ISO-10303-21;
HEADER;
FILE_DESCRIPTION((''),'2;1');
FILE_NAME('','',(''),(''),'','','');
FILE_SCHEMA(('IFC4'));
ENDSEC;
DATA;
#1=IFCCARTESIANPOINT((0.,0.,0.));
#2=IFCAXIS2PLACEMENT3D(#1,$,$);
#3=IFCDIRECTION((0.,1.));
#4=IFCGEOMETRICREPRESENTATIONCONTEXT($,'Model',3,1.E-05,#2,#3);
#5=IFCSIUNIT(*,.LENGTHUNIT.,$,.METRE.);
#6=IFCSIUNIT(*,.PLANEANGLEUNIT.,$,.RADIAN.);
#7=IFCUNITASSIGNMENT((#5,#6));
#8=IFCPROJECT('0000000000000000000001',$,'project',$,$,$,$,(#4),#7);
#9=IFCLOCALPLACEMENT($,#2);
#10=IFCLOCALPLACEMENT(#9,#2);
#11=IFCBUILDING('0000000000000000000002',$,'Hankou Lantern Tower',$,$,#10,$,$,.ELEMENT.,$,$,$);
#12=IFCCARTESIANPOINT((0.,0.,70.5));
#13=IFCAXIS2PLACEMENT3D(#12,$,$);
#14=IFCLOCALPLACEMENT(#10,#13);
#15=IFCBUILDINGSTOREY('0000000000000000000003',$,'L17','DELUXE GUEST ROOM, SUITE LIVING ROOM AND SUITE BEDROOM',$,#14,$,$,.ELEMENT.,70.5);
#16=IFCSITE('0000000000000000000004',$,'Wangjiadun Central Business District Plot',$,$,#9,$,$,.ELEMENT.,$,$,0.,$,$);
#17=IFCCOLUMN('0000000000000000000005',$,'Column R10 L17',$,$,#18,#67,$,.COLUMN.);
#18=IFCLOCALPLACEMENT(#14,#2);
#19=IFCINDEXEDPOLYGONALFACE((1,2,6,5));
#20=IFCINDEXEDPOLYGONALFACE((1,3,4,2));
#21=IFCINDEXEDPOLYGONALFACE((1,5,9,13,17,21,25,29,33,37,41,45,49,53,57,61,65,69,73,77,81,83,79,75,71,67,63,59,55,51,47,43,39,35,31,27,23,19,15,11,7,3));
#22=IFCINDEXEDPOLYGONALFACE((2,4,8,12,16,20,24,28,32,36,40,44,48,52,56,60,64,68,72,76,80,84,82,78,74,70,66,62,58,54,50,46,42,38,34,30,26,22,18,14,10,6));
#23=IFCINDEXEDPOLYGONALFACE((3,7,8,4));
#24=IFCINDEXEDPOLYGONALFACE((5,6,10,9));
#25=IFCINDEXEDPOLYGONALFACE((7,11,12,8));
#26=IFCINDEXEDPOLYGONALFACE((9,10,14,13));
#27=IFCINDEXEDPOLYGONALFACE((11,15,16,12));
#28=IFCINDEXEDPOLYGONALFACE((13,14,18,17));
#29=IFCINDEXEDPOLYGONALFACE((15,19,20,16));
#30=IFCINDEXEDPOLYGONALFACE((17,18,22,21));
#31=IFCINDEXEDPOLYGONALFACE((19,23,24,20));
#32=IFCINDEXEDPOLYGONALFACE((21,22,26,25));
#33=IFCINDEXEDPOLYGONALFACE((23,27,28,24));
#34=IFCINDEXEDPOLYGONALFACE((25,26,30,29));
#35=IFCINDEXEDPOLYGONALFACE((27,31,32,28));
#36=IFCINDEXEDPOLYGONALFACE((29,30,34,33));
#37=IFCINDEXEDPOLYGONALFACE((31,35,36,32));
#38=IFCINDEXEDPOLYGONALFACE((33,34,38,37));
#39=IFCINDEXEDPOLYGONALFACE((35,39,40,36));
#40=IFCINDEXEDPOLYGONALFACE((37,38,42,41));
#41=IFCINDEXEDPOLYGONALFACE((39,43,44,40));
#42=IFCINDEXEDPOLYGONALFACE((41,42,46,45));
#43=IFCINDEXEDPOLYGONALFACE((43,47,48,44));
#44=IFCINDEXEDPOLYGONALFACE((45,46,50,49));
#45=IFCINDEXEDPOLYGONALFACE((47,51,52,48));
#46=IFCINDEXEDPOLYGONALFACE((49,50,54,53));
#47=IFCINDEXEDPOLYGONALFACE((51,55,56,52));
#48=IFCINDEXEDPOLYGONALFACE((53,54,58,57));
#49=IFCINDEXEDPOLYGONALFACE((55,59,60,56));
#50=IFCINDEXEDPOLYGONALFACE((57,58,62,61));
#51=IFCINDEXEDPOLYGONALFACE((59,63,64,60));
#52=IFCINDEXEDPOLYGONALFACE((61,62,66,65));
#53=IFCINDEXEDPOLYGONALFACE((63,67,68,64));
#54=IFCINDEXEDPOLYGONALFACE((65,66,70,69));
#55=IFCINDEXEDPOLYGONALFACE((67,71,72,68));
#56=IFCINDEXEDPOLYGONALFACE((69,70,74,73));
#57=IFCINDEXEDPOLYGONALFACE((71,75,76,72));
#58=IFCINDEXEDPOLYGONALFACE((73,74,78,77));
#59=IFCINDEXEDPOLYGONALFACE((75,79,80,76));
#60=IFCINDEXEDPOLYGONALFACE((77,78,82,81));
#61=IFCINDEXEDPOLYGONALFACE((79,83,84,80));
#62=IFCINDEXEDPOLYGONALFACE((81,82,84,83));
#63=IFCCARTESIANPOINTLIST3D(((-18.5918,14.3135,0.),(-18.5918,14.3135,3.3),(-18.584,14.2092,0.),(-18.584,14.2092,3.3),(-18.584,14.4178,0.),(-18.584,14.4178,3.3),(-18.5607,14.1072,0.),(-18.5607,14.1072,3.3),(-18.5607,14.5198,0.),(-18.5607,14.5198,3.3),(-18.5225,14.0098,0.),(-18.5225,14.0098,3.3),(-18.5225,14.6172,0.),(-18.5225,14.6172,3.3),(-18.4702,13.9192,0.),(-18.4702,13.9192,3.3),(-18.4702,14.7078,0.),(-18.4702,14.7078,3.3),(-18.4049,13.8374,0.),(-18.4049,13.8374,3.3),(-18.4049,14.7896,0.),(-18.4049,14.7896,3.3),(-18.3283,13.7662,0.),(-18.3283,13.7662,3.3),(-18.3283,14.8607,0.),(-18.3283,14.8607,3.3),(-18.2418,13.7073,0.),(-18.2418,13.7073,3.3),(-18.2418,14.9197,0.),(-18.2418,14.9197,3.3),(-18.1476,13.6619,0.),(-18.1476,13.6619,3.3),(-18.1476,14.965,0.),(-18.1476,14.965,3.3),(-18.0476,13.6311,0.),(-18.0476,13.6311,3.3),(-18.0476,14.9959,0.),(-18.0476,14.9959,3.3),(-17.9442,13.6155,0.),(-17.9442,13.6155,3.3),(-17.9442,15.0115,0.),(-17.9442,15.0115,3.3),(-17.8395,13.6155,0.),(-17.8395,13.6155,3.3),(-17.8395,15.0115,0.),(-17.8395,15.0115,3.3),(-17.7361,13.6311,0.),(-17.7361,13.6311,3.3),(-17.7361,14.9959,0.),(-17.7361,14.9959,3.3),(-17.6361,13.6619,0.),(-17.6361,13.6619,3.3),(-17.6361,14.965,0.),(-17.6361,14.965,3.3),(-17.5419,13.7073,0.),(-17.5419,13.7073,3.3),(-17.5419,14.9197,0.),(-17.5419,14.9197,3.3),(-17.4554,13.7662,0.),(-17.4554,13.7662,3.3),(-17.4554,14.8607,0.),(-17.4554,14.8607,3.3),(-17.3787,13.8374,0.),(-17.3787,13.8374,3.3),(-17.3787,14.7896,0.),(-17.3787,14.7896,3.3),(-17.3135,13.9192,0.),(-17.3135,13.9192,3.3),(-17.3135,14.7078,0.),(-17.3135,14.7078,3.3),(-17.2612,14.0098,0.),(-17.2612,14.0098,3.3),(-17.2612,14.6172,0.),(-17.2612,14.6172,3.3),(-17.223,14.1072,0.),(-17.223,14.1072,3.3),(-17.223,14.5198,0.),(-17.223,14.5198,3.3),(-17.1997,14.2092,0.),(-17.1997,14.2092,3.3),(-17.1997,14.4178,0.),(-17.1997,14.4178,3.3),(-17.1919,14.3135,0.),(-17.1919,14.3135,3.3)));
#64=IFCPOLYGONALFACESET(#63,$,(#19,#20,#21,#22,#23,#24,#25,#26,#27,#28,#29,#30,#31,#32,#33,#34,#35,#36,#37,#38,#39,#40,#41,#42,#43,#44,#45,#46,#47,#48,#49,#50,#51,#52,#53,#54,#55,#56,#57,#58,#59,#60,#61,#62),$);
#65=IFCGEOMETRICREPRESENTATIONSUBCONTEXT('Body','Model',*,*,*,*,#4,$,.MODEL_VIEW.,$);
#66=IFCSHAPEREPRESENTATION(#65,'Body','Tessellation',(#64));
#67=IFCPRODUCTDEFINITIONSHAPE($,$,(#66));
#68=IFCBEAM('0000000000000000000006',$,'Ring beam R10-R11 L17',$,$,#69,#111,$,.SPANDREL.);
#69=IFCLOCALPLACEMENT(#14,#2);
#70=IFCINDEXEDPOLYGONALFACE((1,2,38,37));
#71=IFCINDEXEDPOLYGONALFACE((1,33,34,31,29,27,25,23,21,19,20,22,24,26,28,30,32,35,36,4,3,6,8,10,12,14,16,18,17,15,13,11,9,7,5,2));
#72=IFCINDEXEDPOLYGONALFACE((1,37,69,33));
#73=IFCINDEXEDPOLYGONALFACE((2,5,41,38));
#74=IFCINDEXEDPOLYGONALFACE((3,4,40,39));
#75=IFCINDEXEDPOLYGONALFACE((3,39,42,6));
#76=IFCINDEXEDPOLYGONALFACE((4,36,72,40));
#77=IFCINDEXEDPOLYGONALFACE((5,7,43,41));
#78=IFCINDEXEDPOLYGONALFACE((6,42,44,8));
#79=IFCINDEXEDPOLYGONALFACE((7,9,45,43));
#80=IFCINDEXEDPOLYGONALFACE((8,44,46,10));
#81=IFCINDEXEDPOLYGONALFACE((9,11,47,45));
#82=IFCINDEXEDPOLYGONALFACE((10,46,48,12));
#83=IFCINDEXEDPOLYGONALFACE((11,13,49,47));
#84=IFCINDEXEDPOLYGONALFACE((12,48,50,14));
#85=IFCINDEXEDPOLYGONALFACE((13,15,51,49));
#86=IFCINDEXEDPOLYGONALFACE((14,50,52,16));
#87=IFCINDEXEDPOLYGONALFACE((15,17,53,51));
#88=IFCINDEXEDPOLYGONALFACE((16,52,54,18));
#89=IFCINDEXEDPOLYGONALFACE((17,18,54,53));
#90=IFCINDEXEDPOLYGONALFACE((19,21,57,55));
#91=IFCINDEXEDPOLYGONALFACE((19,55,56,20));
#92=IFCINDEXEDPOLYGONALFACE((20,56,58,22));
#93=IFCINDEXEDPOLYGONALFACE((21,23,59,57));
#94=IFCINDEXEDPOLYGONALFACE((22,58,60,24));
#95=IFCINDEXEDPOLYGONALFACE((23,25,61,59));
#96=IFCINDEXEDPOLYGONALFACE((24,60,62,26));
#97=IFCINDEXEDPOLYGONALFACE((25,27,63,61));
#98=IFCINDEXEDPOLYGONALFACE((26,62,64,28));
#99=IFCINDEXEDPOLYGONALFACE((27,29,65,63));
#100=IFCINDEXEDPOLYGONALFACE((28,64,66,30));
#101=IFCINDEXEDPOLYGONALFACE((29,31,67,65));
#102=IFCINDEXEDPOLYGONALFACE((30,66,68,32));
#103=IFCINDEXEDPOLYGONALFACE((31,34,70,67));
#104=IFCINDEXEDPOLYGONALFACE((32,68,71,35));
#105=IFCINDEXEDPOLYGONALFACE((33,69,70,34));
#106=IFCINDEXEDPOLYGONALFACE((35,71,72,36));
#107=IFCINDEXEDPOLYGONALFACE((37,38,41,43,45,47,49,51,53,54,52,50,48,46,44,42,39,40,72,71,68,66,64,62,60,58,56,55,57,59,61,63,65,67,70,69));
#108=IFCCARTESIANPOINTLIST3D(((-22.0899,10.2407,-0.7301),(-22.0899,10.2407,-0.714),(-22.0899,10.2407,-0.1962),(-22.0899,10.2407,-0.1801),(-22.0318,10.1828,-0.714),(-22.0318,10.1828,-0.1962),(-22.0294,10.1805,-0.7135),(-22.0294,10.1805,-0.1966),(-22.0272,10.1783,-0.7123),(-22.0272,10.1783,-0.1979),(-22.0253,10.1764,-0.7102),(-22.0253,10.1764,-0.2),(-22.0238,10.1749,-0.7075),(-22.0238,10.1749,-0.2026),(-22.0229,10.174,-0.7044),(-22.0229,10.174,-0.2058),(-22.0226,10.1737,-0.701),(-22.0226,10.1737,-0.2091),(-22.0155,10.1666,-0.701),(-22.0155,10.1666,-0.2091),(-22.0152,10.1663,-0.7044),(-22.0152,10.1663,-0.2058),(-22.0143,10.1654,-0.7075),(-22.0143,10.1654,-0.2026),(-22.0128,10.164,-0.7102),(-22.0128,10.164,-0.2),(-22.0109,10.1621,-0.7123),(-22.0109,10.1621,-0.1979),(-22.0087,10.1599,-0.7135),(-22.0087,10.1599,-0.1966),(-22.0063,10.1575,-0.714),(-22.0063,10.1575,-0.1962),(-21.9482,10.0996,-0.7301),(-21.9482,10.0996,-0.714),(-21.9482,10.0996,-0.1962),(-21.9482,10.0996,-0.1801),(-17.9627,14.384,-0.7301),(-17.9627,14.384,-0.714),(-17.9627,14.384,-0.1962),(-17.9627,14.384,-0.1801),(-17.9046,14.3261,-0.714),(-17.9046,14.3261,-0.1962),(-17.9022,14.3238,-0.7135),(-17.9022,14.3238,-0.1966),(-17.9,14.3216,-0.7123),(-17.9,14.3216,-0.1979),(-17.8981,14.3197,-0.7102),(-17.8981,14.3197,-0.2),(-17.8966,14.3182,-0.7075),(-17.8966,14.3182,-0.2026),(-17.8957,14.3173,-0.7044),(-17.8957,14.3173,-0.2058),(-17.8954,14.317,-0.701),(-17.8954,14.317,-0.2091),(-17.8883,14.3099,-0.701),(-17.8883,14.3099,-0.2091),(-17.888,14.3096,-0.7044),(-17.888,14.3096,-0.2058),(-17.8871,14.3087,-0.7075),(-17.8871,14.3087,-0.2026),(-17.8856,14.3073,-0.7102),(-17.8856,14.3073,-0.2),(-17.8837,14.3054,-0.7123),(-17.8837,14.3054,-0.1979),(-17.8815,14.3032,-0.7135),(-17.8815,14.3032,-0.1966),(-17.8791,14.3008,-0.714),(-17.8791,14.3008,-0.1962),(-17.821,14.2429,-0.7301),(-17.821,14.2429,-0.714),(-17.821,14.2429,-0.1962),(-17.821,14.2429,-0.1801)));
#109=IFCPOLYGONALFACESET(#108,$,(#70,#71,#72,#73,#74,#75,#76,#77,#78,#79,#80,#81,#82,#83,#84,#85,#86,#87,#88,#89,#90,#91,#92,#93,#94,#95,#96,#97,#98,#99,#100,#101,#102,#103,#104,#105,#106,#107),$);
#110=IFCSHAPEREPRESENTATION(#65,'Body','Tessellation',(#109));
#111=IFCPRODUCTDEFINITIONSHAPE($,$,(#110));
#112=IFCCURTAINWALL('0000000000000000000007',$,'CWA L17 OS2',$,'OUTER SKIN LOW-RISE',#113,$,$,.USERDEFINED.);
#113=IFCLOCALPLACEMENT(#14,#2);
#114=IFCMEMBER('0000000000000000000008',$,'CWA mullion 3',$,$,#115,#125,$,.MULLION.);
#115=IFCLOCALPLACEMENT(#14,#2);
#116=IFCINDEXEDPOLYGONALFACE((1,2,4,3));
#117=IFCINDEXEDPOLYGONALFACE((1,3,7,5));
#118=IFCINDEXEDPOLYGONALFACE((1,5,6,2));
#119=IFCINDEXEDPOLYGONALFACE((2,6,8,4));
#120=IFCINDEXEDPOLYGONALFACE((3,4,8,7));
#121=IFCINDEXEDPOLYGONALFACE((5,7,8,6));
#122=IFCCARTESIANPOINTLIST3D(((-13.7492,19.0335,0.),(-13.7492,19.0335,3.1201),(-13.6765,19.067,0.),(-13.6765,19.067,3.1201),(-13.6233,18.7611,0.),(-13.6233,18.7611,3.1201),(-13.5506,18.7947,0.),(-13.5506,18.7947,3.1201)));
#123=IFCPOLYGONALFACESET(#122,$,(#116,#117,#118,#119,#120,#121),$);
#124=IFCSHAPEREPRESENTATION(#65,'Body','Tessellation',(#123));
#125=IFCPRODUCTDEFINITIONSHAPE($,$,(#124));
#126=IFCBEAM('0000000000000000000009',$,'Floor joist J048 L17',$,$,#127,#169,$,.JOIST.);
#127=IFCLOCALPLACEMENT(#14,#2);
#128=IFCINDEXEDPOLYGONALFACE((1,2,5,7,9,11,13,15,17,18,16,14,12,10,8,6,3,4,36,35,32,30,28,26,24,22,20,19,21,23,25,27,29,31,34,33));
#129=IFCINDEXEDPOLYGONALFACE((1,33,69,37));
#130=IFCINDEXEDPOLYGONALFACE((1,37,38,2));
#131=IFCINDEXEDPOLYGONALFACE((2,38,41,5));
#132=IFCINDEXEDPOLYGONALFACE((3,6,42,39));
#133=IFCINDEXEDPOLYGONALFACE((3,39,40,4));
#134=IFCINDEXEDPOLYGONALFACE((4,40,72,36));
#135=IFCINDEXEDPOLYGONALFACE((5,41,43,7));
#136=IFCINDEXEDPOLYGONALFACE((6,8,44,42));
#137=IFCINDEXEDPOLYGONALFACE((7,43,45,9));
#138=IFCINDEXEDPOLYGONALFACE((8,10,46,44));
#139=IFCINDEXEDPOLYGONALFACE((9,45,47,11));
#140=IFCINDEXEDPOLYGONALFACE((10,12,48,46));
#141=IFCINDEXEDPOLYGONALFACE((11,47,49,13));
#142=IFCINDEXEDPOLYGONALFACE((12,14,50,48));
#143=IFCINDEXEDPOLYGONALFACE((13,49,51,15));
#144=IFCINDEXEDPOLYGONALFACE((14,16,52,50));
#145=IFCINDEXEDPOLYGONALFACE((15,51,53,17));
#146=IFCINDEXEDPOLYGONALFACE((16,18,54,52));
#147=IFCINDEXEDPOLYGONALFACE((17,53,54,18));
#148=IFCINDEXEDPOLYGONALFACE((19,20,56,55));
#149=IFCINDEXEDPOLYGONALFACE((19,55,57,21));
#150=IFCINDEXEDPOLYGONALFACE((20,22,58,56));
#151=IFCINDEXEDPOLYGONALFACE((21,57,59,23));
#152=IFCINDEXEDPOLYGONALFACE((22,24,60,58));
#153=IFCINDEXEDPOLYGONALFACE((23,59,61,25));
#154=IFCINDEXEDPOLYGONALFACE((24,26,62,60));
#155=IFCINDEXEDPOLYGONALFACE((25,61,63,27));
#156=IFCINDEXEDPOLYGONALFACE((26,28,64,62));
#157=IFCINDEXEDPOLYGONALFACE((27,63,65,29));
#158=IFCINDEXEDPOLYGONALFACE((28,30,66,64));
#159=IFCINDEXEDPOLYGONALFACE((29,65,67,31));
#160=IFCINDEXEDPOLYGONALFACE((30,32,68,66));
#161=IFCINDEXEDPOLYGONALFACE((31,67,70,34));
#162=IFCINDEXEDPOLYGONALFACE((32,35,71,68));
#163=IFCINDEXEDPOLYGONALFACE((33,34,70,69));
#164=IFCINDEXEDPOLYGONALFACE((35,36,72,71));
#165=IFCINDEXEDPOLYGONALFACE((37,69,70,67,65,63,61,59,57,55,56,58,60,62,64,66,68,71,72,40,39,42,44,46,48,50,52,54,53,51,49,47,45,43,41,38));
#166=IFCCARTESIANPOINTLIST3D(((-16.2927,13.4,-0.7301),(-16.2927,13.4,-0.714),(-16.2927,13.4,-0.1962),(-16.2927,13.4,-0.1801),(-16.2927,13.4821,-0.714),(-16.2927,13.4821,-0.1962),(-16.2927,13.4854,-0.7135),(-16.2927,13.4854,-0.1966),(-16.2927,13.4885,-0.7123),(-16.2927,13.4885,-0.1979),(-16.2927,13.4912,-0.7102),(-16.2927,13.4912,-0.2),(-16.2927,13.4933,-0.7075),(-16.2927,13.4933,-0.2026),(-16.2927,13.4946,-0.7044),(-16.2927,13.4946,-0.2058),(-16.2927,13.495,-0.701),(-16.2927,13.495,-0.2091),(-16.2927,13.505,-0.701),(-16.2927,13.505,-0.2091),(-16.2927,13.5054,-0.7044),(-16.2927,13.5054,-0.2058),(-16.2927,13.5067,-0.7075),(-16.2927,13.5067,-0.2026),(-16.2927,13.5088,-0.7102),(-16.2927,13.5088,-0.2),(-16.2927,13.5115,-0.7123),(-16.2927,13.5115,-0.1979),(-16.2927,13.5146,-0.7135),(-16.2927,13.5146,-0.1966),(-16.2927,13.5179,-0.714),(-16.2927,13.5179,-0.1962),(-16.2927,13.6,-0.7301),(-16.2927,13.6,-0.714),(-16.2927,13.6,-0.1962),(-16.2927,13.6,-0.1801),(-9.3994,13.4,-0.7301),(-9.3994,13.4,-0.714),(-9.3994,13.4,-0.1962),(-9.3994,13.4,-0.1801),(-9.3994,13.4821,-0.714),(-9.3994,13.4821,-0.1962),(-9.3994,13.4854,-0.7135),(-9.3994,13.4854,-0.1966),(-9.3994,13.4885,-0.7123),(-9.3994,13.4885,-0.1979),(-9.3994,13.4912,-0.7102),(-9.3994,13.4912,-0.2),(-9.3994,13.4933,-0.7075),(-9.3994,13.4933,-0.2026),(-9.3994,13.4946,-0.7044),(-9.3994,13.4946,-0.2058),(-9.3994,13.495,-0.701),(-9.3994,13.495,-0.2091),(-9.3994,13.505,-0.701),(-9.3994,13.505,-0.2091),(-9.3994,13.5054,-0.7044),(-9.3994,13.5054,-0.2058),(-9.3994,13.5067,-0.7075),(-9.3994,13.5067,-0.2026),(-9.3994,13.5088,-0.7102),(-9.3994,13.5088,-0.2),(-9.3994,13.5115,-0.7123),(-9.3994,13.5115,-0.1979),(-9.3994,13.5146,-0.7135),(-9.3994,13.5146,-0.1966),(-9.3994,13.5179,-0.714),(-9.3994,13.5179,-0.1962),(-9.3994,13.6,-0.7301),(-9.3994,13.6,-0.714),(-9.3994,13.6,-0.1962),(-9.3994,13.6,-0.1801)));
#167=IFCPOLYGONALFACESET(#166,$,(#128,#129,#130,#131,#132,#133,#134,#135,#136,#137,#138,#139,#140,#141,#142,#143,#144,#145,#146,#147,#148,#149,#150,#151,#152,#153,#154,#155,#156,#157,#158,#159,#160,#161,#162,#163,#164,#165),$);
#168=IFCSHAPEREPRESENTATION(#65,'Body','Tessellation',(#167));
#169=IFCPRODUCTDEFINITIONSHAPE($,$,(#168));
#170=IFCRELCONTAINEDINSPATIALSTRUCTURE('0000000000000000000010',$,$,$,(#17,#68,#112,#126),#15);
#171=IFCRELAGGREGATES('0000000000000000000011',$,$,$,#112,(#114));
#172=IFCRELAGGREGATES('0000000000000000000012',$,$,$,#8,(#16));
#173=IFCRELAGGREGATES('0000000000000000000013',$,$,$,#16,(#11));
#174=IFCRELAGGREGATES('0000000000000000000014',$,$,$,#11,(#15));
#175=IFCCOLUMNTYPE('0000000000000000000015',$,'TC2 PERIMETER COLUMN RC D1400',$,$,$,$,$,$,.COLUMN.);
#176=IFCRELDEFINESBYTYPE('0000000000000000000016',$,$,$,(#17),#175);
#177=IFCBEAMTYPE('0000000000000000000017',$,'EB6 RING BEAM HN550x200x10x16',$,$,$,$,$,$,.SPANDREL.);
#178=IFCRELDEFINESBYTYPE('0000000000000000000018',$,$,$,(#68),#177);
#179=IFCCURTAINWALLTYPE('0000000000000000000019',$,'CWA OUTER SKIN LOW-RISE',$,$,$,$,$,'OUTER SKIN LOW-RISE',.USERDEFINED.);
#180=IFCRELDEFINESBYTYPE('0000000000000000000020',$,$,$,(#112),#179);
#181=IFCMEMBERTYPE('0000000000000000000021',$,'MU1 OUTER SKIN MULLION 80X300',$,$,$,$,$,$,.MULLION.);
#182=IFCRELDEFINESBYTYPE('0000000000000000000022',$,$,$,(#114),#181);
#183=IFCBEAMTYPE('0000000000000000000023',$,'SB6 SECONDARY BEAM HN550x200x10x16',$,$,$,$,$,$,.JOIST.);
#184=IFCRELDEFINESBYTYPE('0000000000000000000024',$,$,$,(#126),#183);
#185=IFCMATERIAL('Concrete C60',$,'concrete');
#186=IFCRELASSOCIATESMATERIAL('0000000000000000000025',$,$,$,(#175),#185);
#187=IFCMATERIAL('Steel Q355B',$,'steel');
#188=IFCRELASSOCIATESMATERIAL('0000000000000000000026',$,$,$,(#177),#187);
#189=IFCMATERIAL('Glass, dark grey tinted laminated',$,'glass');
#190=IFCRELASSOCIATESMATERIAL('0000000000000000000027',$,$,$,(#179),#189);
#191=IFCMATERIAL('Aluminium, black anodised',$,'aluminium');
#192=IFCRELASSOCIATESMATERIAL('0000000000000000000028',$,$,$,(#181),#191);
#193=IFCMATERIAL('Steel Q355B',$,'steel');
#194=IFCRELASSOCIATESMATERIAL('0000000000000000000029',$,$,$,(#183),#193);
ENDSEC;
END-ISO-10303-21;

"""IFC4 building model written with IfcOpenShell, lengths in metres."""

from ifc_helpers import new_model, si_unit, direction, frame, origin, origin_2d, place, context, subcontext, project, spatial, rectangle, circle, i_section, extrude, material, material_profile, profile_set, type_object, element, aggregate, save


model = new_model("IFC4")

# Units and contexts
model_context = context("Model", 3, precision=1e-05, world=origin(), true_north=direction((0.0, 1.0)))
body_context = subcontext(model_context, "Body", "Model", "MODEL_VIEW")
ifc_project = project(units=[si_unit("LENGTHUNIT", "METRE"), si_unit("PLANEANGLEUNIT", "RADIAN")], contexts=[model_context])

# Site, building, storey
site_placement = place(None, origin())
site = spatial("IfcSite", under=ifc_project, at=site_placement, Name="Wangjiadun Central Business District Plot", CompositionType="ELEMENT", RefElevation=0.0)
building_placement = place(site_placement, origin())
building = spatial("IfcBuilding", under=site, at=building_placement, Name="Hankou Lantern Tower", CompositionType="ELEMENT")
storey_placement = place(building_placement, frame((0.0, 0.0, 70.5)))
storey = spatial("IfcBuildingStorey", under=building, at=storey_placement, Name="L17", Description="DELUXE GUEST ROOM, SUITE LIVING ROOM AND SUITE BEDROOM", CompositionType="ELEMENT", Elevation=70.5)

# Column
ifc_material_1 = material(Name="Concrete C60", Category="concrete")
ifc_material_profile_1 = material_profile(ifc_material_1, circle(Radius=0.7, at=origin_2d()), Name="RC D1400")
ifc_profile_set_1 = profile_set([ifc_material_profile_1], Name="Concrete C60")
column_type = type_object("IfcColumnType", Name="TC2 PERIMETER COLUMN RC D1400", PredefinedType="COLUMN", material=ifc_profile_set_1)
column_placement = place(storey_placement, frame((-17.8918, 14.3135, 0.0), z_axis=(0.0, 0.0, 1.0), x_axis=(1.0, 0.0, 0.0)))
element("IfcColumn", 1, at=column_placement, inside=storey, type_object=column_type, Name="Column R10 L17", PredefinedType="COLUMN", context=body_context, shape_type="SweptSolid", body=[
    extrude(circle(Radius=0.7, at=origin_2d()), origin(), (0.0, 0.0, 1.0), 3.3),
])

# Beam
ifc_material_2 = material(Name="Steel Q355B", Category="steel")
ifc_material_profile_2 = material_profile(ifc_material_2, i_section(OverallWidth=0.2, OverallDepth=0.55, WebThickness=0.01, FlangeThickness=0.0161, FilletRadius=0.0129, at=origin_2d()), Name="HN550x200x10x16")
ifc_profile_set_2 = profile_set([ifc_material_profile_2], Name="Steel Q355B")
beam_type_1 = type_object("IfcBeamType", Name="EB6 RING BEAM HN550x200x10x16", PredefinedType="SPANDREL", material=ifc_profile_set_2)
beam_1_placement = place(storey_placement, frame((-17.8918, 14.3135, -0.4551), z_axis=(-0.705728, -0.708483, 0.0), x_axis=(0.708483, -0.705728, 0.0)))
element("IfcBeam", 2, at=beam_1_placement, inside=storey, type_object=beam_type_1, Name="Ring beam R10-R11 L17", PredefinedType="SPANDREL", context=body_context, shape_type="SweptSolid", body=[
    extrude(i_section(OverallWidth=0.2, OverallDepth=0.55, WebThickness=0.01, FlangeThickness=0.0161, FilletRadius=0.0129, at=origin_2d()), origin(), (0.0, 0.0, 1.0), 5.8481),
])

# Curtain wall, member
ifc_material_3 = material(Name="Glass, dark grey tinted laminated", Category="glass")
curtain_wall_type = type_object("IfcCurtainWallType", Name="CWA OUTER SKIN LOW-RISE", ElementType="OUTER SKIN LOW-RISE", PredefinedType="USERDEFINED", material=ifc_material_3)
curtain_wall_placement = place(storey_placement, origin())
curtain_wall = element("IfcCurtainWall", 3, at=curtain_wall_placement, inside=storey, type_object=curtain_wall_type, Name="CWA L17 OS2", ObjectType="OUTER SKIN LOW-RISE", PredefinedType="USERDEFINED")
ifc_material_4 = material(Name="Aluminium, black anodised", Category="aluminium")
ifc_material_profile_3 = material_profile(ifc_material_4, rectangle(XDim=0.0801, YDim=0.3, at=origin_2d()), Name="MU1 80X300")
ifc_profile_set_3 = profile_set([ifc_material_profile_3], Name="Aluminium, black anodised")
member_type_1 = type_object("IfcMemberType", Name="MU1 OUTER SKIN MULLION 80X300", PredefinedType="MULLION", material=ifc_profile_set_3)
member_1_placement = place(storey_placement, frame((-13.6499, 18.9141, 0.0), z_axis=(0.0, 0.0, 1.0), x_axis=(-0.907841, -0.419314, 0.0)))
member_1 = element("IfcMember", 4, at=member_1_placement, type_object=member_type_1, Name="CWA mullion 3", PredefinedType="MULLION", context=body_context, shape_type="SweptSolid", body=[
    extrude(rectangle(XDim=0.0801, YDim=0.3, at=origin_2d()), origin(), (0.0, 0.0, 1.0), 3.1201),
])

# Beam
ifc_material_5 = material(Name="Steel Q355B", Category="steel")
ifc_material_profile_4 = material_profile(ifc_material_5, i_section(OverallWidth=0.2, OverallDepth=0.55, WebThickness=0.01, FlangeThickness=0.0161, FilletRadius=0.0129, at=origin_2d()), Name="HN550x200x10x16")
ifc_profile_set_4 = profile_set([ifc_material_profile_4], Name="Steel Q355B")
beam_type_2 = type_object("IfcBeamType", Name="SB6 SECONDARY BEAM HN550x200x10x16", PredefinedType="JOIST", material=ifc_profile_set_4)
beam_2_placement = place(storey_placement, frame((-16.2927, 13.5, -0.4551), z_axis=(1.0, 0.0, 0.0), x_axis=(0.0, 1.0, 0.0)))
element("IfcBeam", 5, at=beam_2_placement, inside=storey, type_object=beam_type_2, Name="Floor joist J048 L17", PredefinedType="JOIST", context=body_context, shape_type="SweptSolid", body=[
    extrude(i_section(OverallWidth=0.2, OverallDepth=0.55, WebThickness=0.01, FlangeThickness=0.0161, FilletRadius=0.0129, at=origin_2d()), origin(), (0.0, 0.0, 1.0), 6.8933),
])

aggregate(curtain_wall, [member_1])

save(model, "model.ifc")
